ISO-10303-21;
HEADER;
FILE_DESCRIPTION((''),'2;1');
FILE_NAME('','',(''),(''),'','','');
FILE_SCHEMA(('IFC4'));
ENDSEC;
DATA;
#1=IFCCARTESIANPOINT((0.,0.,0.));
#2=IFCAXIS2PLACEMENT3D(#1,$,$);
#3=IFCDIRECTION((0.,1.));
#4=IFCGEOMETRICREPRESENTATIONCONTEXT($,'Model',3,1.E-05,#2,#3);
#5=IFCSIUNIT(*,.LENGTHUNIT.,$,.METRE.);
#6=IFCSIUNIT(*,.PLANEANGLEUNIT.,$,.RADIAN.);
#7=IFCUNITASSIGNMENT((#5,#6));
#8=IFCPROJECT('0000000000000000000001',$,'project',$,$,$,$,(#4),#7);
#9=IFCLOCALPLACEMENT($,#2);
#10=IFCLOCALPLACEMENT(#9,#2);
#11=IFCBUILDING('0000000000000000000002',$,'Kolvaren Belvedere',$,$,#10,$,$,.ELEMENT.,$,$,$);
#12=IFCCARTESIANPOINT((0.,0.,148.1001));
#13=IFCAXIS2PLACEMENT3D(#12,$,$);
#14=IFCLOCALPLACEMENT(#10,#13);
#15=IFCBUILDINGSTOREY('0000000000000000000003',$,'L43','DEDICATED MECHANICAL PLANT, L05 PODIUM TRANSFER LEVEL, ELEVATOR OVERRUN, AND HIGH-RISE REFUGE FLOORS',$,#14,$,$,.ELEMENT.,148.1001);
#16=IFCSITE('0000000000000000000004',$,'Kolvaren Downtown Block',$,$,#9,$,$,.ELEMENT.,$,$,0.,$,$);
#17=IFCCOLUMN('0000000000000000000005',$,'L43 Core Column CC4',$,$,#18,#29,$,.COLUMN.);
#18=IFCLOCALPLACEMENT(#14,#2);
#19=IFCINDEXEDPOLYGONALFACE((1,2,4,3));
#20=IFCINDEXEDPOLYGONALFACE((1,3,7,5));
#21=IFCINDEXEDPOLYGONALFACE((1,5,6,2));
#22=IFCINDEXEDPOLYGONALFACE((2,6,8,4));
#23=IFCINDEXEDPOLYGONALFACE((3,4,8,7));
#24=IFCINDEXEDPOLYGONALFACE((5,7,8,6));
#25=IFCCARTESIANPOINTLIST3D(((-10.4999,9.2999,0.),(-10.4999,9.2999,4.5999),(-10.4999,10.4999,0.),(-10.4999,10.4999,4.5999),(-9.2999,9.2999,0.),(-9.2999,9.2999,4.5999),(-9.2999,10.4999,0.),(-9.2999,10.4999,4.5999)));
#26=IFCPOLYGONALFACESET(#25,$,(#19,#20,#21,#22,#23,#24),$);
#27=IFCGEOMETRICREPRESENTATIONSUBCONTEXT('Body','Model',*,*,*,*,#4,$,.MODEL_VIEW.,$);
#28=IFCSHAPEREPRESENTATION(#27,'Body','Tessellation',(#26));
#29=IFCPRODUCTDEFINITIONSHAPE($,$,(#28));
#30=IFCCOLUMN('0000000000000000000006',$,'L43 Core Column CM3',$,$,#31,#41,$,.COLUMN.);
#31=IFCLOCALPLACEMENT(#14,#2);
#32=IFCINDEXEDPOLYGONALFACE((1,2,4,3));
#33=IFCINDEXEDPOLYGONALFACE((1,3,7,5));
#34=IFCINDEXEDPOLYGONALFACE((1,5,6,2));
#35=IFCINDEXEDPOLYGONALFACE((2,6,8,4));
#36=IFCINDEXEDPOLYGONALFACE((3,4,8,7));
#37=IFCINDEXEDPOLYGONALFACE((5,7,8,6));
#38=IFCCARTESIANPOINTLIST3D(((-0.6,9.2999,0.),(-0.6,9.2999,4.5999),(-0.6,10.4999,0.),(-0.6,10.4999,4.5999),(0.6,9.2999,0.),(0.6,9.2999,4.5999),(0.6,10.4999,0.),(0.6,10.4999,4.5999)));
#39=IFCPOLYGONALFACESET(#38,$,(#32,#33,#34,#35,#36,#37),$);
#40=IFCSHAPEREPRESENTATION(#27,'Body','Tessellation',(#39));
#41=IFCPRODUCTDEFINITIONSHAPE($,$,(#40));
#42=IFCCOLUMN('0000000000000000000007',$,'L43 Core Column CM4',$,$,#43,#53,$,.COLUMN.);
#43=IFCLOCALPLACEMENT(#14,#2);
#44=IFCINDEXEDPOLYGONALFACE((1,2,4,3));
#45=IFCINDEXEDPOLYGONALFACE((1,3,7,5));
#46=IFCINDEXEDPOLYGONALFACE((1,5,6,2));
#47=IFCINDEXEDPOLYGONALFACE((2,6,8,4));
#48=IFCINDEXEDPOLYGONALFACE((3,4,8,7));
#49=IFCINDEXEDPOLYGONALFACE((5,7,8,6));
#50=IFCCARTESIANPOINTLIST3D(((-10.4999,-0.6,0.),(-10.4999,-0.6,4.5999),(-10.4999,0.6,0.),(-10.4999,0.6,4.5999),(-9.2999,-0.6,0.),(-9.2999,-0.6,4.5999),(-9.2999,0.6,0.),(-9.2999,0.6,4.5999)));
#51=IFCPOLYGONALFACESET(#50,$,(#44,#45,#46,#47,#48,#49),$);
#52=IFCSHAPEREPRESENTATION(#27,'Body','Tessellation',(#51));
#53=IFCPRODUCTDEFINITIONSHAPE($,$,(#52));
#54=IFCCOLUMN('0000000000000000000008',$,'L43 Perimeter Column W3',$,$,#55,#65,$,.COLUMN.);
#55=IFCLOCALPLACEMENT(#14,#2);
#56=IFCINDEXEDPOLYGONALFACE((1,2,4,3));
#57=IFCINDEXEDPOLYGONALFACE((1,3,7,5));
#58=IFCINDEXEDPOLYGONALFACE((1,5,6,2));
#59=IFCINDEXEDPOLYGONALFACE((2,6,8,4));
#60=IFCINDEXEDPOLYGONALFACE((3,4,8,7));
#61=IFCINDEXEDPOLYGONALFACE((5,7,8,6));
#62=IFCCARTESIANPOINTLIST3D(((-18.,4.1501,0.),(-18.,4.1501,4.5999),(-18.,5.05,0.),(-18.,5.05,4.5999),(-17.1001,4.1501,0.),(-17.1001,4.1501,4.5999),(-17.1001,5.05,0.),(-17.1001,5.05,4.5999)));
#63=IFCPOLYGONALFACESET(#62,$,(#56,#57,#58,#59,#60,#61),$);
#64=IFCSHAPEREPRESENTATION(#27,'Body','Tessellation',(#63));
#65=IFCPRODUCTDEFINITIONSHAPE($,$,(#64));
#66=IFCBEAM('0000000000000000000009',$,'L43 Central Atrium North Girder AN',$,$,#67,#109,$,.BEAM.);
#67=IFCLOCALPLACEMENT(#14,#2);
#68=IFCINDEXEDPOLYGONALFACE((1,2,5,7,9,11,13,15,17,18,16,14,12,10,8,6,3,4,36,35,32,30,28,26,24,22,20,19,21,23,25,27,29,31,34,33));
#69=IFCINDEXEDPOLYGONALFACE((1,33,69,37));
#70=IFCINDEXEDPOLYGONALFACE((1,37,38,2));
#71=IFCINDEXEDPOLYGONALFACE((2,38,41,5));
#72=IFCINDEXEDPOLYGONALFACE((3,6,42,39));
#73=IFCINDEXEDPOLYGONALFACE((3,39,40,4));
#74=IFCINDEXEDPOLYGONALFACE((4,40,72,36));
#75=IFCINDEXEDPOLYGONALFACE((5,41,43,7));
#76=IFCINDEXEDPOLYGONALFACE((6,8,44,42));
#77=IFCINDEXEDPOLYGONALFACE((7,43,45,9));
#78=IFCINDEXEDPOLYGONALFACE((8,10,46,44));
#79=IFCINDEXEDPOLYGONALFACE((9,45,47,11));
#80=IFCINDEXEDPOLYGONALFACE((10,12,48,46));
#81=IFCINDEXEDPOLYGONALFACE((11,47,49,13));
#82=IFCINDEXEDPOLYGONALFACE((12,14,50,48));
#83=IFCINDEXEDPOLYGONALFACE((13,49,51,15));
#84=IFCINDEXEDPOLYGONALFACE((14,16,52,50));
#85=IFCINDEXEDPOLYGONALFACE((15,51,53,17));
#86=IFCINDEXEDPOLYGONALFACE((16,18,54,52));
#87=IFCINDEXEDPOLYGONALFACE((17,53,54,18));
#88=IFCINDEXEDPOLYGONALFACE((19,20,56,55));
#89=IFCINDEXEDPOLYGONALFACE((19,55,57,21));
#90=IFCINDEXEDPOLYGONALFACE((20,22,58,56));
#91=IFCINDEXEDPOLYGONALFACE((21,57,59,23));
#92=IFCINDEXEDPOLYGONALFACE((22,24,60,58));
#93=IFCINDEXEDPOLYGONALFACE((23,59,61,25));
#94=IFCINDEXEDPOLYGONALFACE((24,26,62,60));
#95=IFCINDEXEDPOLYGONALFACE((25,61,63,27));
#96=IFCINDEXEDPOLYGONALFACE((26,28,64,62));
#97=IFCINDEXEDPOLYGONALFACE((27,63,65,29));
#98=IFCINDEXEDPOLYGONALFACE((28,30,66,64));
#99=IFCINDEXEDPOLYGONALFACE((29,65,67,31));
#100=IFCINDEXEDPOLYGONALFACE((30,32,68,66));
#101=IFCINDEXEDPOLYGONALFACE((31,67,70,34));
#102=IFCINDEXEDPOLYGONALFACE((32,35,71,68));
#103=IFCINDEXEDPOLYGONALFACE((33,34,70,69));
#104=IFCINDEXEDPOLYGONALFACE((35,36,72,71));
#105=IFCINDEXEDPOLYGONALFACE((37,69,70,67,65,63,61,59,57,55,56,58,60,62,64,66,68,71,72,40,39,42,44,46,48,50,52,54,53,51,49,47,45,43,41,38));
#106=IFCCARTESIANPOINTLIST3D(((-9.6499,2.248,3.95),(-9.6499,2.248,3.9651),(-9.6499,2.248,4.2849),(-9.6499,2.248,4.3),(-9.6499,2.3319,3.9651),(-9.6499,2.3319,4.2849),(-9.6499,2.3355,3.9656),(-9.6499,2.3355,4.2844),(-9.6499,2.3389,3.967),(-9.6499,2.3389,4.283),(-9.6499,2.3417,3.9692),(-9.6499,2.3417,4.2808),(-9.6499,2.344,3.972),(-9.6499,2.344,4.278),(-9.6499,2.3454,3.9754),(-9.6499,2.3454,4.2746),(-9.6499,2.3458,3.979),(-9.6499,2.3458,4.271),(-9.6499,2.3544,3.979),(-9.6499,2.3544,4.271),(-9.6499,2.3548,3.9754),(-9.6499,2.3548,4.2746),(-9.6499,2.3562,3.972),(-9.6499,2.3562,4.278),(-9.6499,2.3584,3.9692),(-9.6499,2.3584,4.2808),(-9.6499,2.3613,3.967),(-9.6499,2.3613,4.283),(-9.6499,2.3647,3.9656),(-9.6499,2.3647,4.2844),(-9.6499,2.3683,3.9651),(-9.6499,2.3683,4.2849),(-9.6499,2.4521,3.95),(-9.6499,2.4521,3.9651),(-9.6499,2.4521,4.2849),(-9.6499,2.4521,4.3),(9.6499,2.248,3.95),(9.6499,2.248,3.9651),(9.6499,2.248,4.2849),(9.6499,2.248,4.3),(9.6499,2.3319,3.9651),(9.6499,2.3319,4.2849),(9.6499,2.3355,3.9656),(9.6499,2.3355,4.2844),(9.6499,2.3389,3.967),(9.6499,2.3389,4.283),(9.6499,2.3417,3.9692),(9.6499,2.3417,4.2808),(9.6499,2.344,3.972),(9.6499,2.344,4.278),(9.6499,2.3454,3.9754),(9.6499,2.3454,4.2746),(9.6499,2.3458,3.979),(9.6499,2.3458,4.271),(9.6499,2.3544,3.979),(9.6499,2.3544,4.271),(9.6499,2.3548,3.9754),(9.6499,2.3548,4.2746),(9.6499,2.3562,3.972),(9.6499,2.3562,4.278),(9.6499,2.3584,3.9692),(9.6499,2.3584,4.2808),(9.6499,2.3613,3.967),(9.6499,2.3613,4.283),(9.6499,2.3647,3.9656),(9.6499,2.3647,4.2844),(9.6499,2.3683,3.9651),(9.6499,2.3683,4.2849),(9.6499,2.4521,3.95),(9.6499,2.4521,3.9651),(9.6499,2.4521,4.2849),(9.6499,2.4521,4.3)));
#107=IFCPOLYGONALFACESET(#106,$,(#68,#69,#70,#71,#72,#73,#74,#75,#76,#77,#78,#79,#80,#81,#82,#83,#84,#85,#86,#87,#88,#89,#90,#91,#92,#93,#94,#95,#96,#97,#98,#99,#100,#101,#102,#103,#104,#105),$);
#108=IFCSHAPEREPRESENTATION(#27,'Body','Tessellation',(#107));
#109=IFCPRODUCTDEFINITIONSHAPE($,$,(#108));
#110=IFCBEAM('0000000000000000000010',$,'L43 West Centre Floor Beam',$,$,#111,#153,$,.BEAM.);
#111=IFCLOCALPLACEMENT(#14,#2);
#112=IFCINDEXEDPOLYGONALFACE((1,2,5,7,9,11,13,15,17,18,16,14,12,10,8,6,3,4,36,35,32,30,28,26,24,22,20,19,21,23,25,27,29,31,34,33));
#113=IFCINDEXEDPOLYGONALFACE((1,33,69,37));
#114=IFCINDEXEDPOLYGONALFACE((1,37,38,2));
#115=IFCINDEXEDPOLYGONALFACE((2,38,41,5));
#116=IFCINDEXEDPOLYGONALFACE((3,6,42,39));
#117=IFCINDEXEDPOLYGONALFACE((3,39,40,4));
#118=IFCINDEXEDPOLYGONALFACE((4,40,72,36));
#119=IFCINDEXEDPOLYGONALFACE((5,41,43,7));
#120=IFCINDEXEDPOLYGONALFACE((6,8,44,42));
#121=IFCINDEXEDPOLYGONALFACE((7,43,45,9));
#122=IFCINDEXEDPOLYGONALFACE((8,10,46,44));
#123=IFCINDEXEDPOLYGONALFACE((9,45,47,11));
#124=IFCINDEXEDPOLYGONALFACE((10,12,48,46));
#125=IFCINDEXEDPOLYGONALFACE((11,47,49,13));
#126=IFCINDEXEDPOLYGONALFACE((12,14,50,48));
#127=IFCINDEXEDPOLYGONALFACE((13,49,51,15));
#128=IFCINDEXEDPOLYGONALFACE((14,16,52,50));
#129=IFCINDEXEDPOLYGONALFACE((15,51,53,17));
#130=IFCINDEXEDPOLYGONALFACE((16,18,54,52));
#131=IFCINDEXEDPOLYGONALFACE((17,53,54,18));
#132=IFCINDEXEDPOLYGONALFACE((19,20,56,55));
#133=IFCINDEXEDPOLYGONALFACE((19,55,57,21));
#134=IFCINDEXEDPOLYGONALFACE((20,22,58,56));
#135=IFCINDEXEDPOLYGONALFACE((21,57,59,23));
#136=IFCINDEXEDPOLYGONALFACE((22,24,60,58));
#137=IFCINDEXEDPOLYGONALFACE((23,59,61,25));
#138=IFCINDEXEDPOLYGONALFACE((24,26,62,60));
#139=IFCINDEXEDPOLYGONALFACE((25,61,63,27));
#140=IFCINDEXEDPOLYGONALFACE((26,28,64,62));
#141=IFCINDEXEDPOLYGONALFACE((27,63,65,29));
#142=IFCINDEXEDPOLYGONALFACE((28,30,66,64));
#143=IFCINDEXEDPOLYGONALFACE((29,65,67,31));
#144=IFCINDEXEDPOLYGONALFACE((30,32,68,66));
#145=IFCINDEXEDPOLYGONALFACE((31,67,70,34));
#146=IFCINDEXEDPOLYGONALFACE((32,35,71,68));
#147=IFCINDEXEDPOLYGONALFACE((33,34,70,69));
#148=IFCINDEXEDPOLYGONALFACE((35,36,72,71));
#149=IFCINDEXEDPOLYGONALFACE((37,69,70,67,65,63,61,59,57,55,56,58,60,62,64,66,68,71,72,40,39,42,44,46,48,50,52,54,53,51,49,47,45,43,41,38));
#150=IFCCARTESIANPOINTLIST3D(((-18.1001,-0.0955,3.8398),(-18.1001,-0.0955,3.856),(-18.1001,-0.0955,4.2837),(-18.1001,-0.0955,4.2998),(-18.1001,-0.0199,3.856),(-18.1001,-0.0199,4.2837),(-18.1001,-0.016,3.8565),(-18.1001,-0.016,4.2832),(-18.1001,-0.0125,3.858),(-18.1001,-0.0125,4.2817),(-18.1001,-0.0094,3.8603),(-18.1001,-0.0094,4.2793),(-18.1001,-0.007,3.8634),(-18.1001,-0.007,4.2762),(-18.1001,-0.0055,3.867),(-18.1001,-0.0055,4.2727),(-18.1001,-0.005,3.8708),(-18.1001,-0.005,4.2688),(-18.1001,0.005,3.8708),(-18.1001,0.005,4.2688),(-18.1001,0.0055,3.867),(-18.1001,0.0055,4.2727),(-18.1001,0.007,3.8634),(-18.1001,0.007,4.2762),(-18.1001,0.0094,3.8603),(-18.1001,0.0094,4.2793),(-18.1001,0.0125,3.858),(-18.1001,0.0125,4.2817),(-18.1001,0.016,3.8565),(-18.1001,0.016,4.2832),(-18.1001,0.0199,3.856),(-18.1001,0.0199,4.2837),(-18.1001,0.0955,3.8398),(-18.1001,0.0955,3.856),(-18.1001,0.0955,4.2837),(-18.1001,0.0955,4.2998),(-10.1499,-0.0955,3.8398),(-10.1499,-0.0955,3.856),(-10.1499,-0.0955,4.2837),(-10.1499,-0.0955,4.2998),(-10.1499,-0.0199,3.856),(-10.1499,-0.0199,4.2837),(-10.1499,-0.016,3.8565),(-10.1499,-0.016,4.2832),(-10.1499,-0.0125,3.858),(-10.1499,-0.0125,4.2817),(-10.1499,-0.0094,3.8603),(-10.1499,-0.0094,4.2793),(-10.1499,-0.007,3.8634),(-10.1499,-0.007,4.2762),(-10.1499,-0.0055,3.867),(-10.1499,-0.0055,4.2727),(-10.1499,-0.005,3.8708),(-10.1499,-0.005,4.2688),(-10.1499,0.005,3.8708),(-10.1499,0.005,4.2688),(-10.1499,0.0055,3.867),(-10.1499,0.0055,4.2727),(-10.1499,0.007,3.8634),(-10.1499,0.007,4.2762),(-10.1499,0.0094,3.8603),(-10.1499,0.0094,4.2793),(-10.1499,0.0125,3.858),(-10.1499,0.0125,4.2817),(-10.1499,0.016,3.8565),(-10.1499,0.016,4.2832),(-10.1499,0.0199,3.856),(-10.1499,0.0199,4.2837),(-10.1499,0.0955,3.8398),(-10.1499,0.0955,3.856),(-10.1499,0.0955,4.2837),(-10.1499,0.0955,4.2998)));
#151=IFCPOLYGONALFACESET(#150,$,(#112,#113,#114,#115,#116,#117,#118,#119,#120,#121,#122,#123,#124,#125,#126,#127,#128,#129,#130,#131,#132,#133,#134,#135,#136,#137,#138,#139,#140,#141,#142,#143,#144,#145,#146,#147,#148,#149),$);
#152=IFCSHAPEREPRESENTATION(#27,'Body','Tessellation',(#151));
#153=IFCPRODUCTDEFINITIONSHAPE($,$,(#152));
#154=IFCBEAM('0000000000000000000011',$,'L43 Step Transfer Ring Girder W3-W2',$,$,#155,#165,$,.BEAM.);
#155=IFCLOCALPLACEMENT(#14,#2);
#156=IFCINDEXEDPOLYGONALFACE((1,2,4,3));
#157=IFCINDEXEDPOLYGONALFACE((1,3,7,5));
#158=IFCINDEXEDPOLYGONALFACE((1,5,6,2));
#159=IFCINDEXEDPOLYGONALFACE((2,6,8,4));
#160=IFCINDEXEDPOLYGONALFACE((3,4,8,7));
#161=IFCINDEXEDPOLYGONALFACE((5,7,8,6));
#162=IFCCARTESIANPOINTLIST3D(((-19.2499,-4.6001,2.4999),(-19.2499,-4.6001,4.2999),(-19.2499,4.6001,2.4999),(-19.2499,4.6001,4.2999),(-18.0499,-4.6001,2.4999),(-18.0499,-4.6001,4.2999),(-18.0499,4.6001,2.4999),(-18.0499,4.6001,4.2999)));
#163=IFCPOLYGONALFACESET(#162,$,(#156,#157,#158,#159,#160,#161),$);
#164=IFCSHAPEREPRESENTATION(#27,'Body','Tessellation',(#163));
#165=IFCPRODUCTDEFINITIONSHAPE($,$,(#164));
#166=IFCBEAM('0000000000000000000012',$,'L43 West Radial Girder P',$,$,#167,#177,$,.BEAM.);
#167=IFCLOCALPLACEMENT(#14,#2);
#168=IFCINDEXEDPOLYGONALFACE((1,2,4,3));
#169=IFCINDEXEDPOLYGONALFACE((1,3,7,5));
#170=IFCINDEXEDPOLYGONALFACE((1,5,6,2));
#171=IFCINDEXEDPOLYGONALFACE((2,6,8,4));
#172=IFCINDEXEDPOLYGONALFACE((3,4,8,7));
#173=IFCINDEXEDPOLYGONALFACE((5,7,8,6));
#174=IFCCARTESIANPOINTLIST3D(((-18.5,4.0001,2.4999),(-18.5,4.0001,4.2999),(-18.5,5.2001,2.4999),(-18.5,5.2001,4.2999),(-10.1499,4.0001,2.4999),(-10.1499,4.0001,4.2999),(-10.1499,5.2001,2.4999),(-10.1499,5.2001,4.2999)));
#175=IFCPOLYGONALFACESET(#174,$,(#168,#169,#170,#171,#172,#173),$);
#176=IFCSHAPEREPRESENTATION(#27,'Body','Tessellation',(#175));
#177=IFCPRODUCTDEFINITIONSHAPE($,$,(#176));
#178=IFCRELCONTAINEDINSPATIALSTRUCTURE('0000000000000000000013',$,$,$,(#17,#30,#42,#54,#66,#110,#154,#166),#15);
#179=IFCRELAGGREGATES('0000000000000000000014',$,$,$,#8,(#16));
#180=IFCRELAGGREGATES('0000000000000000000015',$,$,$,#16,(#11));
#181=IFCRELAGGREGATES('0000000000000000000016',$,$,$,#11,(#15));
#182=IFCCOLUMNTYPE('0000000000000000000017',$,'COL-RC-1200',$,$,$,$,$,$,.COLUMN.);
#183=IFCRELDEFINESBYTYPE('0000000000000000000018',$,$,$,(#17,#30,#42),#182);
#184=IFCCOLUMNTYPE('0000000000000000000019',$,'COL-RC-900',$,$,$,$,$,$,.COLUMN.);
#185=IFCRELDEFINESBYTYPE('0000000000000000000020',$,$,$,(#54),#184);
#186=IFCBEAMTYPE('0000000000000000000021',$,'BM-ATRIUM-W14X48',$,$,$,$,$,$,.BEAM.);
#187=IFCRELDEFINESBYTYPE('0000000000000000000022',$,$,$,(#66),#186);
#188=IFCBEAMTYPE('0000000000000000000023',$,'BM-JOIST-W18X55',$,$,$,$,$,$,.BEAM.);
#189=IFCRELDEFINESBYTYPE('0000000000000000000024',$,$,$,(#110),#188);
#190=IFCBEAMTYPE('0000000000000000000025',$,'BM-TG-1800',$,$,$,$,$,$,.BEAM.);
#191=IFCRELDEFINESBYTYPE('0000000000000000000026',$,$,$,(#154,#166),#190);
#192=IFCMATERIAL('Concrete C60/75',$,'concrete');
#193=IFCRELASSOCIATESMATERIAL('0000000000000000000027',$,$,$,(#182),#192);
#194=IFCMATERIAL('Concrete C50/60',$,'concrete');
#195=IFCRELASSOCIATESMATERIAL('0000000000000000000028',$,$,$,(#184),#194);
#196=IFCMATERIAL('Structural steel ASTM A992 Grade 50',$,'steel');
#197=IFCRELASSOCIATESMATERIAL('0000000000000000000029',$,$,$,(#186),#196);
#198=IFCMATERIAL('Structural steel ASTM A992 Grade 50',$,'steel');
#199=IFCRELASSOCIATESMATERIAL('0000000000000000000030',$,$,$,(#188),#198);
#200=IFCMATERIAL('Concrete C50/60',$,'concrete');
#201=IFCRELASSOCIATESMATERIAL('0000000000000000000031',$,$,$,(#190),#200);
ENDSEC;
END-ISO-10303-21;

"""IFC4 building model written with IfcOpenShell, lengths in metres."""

from ifc_helpers import new_model, si_unit, direction, frame, origin, origin_2d, place, context, subcontext, project, spatial, rectangle, i_section, extrude, material, material_profile, profile_set, type_object, element, save


model = new_model("IFC4")

# Units and contexts
model_context = context("Model", 3, precision=1e-05, world=origin(), true_north=direction((0.0, 1.0)))
body_context = subcontext(model_context, "Body", "Model", "MODEL_VIEW")
ifc_project = project(units=[si_unit("LENGTHUNIT", "METRE"), si_unit("PLANEANGLEUNIT", "RADIAN")], contexts=[model_context])

# Site, building, storey
site_placement = place(None, origin())
site = spatial("IfcSite", under=ifc_project, at=site_placement, Name="Kolvaren Downtown Block", CompositionType="ELEMENT", RefElevation=0.0)
building_placement = place(site_placement, origin())
building = spatial("IfcBuilding", under=site, at=building_placement, Name="Kolvaren Belvedere", CompositionType="ELEMENT")
storey_placement = place(building_placement, frame((0.0, 0.0, 148.1001)))
storey = spatial("IfcBuildingStorey", under=building, at=storey_placement, Name="L43", Description="DEDICATED MECHANICAL PLANT, L05 PODIUM TRANSFER LEVEL, ELEVATOR OVERRUN, AND HIGH-RISE REFUGE FLOORS", CompositionType="ELEMENT", Elevation=148.1001)

# Columns
ifc_material_1 = material(Name="Concrete C60/75", Category="concrete")
ifc_material_profile_1 = material_profile(ifc_material_1, rectangle(XDim=1.2, YDim=1.2, at=origin_2d()), Name="RC 1200X1200")
ifc_profile_set_1 = profile_set([ifc_material_profile_1], Name="Concrete C60/75")
column_type_1 = type_object("IfcColumnType", Name="COL-RC-1200", PredefinedType="COLUMN", material=ifc_profile_set_1)
for number, where, z_axis, x_axis, name in (
    (1, (-9.8999, 9.8999, 0.0), (0.0, 0.0, 1.0), (1.0, 0.0, 0.0), "L43 Core Column CC4"),
    (2, (0.0, 9.8999, 0.0), (0.0, 0.0, 1.0), (1.0, 0.0, 0.0), "L43 Core Column CM3"),
    (3, (-9.8999, 0.0, 0.0), (0.0, 0.0, 1.0), (1.0, 0.0, 0.0), "L43 Core Column CM4"),
):
    element("IfcColumn", number, at=place(storey_placement, frame(where, z_axis=z_axis, x_axis=x_axis)), inside=storey, type_object=column_type_1, Name=name, PredefinedType="COLUMN", context=body_context, shape_type="SweptSolid", body=[
        extrude(rectangle(XDim=1.2, YDim=1.2, at=origin_2d()), origin(), (0.0, 0.0, 1.0), 4.5999),
    ])
ifc_material_2 = material(Name="Concrete C50/60", Category="concrete")
ifc_material_profile_2 = material_profile(ifc_material_2, rectangle(XDim=0.8999, YDim=0.8999, at=origin_2d()), Name="RC 900X900")
ifc_profile_set_2 = profile_set([ifc_material_profile_2], Name="Concrete C50/60")
column_type_2 = type_object("IfcColumnType", Name="COL-RC-900", PredefinedType="COLUMN", material=ifc_profile_set_2)
column_placement = place(storey_placement, frame((-17.55, 4.6001, 0.0), z_axis=(0.0, 0.0, 1.0), x_axis=(1.0, 0.0, 0.0)))
element("IfcColumn", 4, at=column_placement, inside=storey, type_object=column_type_2, Name="L43 Perimeter Column W3", PredefinedType="COLUMN", context=body_context, shape_type="SweptSolid", body=[
    extrude(rectangle(XDim=0.8999, YDim=0.8999, at=origin_2d()), origin(), (0.0, 0.0, 1.0), 4.5999),
])

# Beams
ifc_material_3 = material(Name="Structural steel ASTM A992 Grade 50", Category="steel")
ifc_material_profile_3 = material_profile(ifc_material_3, i_section(OverallWidth=0.2041, OverallDepth=0.3501, WebThickness=0.0085, FlangeThickness=0.0151, FilletRadius=0.0139, at=origin_2d()), Name="W14X48")
ifc_profile_set_3 = profile_set([ifc_material_profile_3], Name="Structural steel ASTM A992 Grade 50")
beam_type_1 = type_object("IfcBeamType", Name="BM-ATRIUM-W14X48", PredefinedType="BEAM", material=ifc_profile_set_3)
beam_1_placement = place(storey_placement, frame((-9.6499, 2.3501, 4.125), z_axis=(1.0, 0.0, 0.0), x_axis=(0.0, 1.0, 0.0)))
element("IfcBeam", 5, at=beam_1_placement, inside=storey, type_object=beam_type_1, Name="L43 Central Atrium North Girder AN", PredefinedType="BEAM", context=body_context, shape_type="SweptSolid", body=[
    extrude(i_section(OverallWidth=0.2041, OverallDepth=0.3501, WebThickness=0.0085, FlangeThickness=0.0151, FilletRadius=0.0139, at=origin_2d()), origin(), (0.0, 0.0, 1.0), 19.2998),
])
ifc_material_4 = material(Name="Structural steel ASTM A992 Grade 50", Category="steel")
ifc_material_profile_4 = material_profile(ifc_material_4, i_section(OverallWidth=0.1909, OverallDepth=0.46, WebThickness=0.01, FlangeThickness=0.0161, FilletRadius=0.0149, at=origin_2d()), Name="W18X55")
ifc_profile_set_4 = profile_set([ifc_material_profile_4], Name="Structural steel ASTM A992 Grade 50")
beam_type_2 = type_object("IfcBeamType", Name="BM-JOIST-W18X55", PredefinedType="BEAM", material=ifc_profile_set_4)
beam_2_placement = place(storey_placement, frame((-10.1499, 0.0, 4.0698), z_axis=(-1.0, 0.0, 0.0), x_axis=(0.0, -1.0, 0.0)))
element("IfcBeam", 6, at=beam_2_placement, inside=storey, type_object=beam_type_2, Name="L43 West Centre Floor Beam", PredefinedType="BEAM", context=body_context, shape_type="SweptSolid", body=[
    extrude(i_section(OverallWidth=0.1909, OverallDepth=0.46, WebThickness=0.01, FlangeThickness=0.0161, FilletRadius=0.0149, at=origin_2d()), origin(), (0.0, 0.0, 1.0), 7.9502),
])
ifc_material_5 = material(Name="Concrete C50/60", Category="concrete")
ifc_material_profile_5 = material_profile(ifc_material_5, rectangle(XDim=1.2, YDim=1.8, at=origin_2d()), Name="RC 1200X1800")
ifc_profile_set_5 = profile_set([ifc_material_profile_5], Name="Concrete C50/60")
beam_type_3 = type_object("IfcBeamType", Name="BM-TG-1800", PredefinedType="BEAM", material=ifc_profile_set_5)
beam_3_placement = place(storey_placement, frame((-18.6499, 4.6001, 3.3999), z_axis=(0.0, -1.0, 0.0), x_axis=(1.0, 0.0, 0.0)))
element("IfcBeam", 7, at=beam_3_placement, inside=storey, type_object=beam_type_3, Name="L43 Step Transfer Ring Girder W3-W2", PredefinedType="BEAM", context=body_context, shape_type="SweptSolid", body=[
    extrude(rectangle(XDim=1.2, YDim=1.8, at=origin_2d()), origin(), (0.0, 0.0, 1.0), 9.2002),
])
beam_4_placement = place(storey_placement, frame((-10.1499, 4.6001, 3.3999), z_axis=(-1.0, 0.0, 0.0), x_axis=(0.0, -1.0, 0.0)))
element("IfcBeam", 8, at=beam_4_placement, inside=storey, type_object=beam_type_3, Name="L43 West Radial Girder P", PredefinedType="BEAM", context=body_context, shape_type="SweptSolid", body=[
    extrude(rectangle(XDim=1.2, YDim=1.8, at=origin_2d()), origin(), (0.0, 0.0, 1.0), 8.3501),
])

save(model, "model.ifc")
